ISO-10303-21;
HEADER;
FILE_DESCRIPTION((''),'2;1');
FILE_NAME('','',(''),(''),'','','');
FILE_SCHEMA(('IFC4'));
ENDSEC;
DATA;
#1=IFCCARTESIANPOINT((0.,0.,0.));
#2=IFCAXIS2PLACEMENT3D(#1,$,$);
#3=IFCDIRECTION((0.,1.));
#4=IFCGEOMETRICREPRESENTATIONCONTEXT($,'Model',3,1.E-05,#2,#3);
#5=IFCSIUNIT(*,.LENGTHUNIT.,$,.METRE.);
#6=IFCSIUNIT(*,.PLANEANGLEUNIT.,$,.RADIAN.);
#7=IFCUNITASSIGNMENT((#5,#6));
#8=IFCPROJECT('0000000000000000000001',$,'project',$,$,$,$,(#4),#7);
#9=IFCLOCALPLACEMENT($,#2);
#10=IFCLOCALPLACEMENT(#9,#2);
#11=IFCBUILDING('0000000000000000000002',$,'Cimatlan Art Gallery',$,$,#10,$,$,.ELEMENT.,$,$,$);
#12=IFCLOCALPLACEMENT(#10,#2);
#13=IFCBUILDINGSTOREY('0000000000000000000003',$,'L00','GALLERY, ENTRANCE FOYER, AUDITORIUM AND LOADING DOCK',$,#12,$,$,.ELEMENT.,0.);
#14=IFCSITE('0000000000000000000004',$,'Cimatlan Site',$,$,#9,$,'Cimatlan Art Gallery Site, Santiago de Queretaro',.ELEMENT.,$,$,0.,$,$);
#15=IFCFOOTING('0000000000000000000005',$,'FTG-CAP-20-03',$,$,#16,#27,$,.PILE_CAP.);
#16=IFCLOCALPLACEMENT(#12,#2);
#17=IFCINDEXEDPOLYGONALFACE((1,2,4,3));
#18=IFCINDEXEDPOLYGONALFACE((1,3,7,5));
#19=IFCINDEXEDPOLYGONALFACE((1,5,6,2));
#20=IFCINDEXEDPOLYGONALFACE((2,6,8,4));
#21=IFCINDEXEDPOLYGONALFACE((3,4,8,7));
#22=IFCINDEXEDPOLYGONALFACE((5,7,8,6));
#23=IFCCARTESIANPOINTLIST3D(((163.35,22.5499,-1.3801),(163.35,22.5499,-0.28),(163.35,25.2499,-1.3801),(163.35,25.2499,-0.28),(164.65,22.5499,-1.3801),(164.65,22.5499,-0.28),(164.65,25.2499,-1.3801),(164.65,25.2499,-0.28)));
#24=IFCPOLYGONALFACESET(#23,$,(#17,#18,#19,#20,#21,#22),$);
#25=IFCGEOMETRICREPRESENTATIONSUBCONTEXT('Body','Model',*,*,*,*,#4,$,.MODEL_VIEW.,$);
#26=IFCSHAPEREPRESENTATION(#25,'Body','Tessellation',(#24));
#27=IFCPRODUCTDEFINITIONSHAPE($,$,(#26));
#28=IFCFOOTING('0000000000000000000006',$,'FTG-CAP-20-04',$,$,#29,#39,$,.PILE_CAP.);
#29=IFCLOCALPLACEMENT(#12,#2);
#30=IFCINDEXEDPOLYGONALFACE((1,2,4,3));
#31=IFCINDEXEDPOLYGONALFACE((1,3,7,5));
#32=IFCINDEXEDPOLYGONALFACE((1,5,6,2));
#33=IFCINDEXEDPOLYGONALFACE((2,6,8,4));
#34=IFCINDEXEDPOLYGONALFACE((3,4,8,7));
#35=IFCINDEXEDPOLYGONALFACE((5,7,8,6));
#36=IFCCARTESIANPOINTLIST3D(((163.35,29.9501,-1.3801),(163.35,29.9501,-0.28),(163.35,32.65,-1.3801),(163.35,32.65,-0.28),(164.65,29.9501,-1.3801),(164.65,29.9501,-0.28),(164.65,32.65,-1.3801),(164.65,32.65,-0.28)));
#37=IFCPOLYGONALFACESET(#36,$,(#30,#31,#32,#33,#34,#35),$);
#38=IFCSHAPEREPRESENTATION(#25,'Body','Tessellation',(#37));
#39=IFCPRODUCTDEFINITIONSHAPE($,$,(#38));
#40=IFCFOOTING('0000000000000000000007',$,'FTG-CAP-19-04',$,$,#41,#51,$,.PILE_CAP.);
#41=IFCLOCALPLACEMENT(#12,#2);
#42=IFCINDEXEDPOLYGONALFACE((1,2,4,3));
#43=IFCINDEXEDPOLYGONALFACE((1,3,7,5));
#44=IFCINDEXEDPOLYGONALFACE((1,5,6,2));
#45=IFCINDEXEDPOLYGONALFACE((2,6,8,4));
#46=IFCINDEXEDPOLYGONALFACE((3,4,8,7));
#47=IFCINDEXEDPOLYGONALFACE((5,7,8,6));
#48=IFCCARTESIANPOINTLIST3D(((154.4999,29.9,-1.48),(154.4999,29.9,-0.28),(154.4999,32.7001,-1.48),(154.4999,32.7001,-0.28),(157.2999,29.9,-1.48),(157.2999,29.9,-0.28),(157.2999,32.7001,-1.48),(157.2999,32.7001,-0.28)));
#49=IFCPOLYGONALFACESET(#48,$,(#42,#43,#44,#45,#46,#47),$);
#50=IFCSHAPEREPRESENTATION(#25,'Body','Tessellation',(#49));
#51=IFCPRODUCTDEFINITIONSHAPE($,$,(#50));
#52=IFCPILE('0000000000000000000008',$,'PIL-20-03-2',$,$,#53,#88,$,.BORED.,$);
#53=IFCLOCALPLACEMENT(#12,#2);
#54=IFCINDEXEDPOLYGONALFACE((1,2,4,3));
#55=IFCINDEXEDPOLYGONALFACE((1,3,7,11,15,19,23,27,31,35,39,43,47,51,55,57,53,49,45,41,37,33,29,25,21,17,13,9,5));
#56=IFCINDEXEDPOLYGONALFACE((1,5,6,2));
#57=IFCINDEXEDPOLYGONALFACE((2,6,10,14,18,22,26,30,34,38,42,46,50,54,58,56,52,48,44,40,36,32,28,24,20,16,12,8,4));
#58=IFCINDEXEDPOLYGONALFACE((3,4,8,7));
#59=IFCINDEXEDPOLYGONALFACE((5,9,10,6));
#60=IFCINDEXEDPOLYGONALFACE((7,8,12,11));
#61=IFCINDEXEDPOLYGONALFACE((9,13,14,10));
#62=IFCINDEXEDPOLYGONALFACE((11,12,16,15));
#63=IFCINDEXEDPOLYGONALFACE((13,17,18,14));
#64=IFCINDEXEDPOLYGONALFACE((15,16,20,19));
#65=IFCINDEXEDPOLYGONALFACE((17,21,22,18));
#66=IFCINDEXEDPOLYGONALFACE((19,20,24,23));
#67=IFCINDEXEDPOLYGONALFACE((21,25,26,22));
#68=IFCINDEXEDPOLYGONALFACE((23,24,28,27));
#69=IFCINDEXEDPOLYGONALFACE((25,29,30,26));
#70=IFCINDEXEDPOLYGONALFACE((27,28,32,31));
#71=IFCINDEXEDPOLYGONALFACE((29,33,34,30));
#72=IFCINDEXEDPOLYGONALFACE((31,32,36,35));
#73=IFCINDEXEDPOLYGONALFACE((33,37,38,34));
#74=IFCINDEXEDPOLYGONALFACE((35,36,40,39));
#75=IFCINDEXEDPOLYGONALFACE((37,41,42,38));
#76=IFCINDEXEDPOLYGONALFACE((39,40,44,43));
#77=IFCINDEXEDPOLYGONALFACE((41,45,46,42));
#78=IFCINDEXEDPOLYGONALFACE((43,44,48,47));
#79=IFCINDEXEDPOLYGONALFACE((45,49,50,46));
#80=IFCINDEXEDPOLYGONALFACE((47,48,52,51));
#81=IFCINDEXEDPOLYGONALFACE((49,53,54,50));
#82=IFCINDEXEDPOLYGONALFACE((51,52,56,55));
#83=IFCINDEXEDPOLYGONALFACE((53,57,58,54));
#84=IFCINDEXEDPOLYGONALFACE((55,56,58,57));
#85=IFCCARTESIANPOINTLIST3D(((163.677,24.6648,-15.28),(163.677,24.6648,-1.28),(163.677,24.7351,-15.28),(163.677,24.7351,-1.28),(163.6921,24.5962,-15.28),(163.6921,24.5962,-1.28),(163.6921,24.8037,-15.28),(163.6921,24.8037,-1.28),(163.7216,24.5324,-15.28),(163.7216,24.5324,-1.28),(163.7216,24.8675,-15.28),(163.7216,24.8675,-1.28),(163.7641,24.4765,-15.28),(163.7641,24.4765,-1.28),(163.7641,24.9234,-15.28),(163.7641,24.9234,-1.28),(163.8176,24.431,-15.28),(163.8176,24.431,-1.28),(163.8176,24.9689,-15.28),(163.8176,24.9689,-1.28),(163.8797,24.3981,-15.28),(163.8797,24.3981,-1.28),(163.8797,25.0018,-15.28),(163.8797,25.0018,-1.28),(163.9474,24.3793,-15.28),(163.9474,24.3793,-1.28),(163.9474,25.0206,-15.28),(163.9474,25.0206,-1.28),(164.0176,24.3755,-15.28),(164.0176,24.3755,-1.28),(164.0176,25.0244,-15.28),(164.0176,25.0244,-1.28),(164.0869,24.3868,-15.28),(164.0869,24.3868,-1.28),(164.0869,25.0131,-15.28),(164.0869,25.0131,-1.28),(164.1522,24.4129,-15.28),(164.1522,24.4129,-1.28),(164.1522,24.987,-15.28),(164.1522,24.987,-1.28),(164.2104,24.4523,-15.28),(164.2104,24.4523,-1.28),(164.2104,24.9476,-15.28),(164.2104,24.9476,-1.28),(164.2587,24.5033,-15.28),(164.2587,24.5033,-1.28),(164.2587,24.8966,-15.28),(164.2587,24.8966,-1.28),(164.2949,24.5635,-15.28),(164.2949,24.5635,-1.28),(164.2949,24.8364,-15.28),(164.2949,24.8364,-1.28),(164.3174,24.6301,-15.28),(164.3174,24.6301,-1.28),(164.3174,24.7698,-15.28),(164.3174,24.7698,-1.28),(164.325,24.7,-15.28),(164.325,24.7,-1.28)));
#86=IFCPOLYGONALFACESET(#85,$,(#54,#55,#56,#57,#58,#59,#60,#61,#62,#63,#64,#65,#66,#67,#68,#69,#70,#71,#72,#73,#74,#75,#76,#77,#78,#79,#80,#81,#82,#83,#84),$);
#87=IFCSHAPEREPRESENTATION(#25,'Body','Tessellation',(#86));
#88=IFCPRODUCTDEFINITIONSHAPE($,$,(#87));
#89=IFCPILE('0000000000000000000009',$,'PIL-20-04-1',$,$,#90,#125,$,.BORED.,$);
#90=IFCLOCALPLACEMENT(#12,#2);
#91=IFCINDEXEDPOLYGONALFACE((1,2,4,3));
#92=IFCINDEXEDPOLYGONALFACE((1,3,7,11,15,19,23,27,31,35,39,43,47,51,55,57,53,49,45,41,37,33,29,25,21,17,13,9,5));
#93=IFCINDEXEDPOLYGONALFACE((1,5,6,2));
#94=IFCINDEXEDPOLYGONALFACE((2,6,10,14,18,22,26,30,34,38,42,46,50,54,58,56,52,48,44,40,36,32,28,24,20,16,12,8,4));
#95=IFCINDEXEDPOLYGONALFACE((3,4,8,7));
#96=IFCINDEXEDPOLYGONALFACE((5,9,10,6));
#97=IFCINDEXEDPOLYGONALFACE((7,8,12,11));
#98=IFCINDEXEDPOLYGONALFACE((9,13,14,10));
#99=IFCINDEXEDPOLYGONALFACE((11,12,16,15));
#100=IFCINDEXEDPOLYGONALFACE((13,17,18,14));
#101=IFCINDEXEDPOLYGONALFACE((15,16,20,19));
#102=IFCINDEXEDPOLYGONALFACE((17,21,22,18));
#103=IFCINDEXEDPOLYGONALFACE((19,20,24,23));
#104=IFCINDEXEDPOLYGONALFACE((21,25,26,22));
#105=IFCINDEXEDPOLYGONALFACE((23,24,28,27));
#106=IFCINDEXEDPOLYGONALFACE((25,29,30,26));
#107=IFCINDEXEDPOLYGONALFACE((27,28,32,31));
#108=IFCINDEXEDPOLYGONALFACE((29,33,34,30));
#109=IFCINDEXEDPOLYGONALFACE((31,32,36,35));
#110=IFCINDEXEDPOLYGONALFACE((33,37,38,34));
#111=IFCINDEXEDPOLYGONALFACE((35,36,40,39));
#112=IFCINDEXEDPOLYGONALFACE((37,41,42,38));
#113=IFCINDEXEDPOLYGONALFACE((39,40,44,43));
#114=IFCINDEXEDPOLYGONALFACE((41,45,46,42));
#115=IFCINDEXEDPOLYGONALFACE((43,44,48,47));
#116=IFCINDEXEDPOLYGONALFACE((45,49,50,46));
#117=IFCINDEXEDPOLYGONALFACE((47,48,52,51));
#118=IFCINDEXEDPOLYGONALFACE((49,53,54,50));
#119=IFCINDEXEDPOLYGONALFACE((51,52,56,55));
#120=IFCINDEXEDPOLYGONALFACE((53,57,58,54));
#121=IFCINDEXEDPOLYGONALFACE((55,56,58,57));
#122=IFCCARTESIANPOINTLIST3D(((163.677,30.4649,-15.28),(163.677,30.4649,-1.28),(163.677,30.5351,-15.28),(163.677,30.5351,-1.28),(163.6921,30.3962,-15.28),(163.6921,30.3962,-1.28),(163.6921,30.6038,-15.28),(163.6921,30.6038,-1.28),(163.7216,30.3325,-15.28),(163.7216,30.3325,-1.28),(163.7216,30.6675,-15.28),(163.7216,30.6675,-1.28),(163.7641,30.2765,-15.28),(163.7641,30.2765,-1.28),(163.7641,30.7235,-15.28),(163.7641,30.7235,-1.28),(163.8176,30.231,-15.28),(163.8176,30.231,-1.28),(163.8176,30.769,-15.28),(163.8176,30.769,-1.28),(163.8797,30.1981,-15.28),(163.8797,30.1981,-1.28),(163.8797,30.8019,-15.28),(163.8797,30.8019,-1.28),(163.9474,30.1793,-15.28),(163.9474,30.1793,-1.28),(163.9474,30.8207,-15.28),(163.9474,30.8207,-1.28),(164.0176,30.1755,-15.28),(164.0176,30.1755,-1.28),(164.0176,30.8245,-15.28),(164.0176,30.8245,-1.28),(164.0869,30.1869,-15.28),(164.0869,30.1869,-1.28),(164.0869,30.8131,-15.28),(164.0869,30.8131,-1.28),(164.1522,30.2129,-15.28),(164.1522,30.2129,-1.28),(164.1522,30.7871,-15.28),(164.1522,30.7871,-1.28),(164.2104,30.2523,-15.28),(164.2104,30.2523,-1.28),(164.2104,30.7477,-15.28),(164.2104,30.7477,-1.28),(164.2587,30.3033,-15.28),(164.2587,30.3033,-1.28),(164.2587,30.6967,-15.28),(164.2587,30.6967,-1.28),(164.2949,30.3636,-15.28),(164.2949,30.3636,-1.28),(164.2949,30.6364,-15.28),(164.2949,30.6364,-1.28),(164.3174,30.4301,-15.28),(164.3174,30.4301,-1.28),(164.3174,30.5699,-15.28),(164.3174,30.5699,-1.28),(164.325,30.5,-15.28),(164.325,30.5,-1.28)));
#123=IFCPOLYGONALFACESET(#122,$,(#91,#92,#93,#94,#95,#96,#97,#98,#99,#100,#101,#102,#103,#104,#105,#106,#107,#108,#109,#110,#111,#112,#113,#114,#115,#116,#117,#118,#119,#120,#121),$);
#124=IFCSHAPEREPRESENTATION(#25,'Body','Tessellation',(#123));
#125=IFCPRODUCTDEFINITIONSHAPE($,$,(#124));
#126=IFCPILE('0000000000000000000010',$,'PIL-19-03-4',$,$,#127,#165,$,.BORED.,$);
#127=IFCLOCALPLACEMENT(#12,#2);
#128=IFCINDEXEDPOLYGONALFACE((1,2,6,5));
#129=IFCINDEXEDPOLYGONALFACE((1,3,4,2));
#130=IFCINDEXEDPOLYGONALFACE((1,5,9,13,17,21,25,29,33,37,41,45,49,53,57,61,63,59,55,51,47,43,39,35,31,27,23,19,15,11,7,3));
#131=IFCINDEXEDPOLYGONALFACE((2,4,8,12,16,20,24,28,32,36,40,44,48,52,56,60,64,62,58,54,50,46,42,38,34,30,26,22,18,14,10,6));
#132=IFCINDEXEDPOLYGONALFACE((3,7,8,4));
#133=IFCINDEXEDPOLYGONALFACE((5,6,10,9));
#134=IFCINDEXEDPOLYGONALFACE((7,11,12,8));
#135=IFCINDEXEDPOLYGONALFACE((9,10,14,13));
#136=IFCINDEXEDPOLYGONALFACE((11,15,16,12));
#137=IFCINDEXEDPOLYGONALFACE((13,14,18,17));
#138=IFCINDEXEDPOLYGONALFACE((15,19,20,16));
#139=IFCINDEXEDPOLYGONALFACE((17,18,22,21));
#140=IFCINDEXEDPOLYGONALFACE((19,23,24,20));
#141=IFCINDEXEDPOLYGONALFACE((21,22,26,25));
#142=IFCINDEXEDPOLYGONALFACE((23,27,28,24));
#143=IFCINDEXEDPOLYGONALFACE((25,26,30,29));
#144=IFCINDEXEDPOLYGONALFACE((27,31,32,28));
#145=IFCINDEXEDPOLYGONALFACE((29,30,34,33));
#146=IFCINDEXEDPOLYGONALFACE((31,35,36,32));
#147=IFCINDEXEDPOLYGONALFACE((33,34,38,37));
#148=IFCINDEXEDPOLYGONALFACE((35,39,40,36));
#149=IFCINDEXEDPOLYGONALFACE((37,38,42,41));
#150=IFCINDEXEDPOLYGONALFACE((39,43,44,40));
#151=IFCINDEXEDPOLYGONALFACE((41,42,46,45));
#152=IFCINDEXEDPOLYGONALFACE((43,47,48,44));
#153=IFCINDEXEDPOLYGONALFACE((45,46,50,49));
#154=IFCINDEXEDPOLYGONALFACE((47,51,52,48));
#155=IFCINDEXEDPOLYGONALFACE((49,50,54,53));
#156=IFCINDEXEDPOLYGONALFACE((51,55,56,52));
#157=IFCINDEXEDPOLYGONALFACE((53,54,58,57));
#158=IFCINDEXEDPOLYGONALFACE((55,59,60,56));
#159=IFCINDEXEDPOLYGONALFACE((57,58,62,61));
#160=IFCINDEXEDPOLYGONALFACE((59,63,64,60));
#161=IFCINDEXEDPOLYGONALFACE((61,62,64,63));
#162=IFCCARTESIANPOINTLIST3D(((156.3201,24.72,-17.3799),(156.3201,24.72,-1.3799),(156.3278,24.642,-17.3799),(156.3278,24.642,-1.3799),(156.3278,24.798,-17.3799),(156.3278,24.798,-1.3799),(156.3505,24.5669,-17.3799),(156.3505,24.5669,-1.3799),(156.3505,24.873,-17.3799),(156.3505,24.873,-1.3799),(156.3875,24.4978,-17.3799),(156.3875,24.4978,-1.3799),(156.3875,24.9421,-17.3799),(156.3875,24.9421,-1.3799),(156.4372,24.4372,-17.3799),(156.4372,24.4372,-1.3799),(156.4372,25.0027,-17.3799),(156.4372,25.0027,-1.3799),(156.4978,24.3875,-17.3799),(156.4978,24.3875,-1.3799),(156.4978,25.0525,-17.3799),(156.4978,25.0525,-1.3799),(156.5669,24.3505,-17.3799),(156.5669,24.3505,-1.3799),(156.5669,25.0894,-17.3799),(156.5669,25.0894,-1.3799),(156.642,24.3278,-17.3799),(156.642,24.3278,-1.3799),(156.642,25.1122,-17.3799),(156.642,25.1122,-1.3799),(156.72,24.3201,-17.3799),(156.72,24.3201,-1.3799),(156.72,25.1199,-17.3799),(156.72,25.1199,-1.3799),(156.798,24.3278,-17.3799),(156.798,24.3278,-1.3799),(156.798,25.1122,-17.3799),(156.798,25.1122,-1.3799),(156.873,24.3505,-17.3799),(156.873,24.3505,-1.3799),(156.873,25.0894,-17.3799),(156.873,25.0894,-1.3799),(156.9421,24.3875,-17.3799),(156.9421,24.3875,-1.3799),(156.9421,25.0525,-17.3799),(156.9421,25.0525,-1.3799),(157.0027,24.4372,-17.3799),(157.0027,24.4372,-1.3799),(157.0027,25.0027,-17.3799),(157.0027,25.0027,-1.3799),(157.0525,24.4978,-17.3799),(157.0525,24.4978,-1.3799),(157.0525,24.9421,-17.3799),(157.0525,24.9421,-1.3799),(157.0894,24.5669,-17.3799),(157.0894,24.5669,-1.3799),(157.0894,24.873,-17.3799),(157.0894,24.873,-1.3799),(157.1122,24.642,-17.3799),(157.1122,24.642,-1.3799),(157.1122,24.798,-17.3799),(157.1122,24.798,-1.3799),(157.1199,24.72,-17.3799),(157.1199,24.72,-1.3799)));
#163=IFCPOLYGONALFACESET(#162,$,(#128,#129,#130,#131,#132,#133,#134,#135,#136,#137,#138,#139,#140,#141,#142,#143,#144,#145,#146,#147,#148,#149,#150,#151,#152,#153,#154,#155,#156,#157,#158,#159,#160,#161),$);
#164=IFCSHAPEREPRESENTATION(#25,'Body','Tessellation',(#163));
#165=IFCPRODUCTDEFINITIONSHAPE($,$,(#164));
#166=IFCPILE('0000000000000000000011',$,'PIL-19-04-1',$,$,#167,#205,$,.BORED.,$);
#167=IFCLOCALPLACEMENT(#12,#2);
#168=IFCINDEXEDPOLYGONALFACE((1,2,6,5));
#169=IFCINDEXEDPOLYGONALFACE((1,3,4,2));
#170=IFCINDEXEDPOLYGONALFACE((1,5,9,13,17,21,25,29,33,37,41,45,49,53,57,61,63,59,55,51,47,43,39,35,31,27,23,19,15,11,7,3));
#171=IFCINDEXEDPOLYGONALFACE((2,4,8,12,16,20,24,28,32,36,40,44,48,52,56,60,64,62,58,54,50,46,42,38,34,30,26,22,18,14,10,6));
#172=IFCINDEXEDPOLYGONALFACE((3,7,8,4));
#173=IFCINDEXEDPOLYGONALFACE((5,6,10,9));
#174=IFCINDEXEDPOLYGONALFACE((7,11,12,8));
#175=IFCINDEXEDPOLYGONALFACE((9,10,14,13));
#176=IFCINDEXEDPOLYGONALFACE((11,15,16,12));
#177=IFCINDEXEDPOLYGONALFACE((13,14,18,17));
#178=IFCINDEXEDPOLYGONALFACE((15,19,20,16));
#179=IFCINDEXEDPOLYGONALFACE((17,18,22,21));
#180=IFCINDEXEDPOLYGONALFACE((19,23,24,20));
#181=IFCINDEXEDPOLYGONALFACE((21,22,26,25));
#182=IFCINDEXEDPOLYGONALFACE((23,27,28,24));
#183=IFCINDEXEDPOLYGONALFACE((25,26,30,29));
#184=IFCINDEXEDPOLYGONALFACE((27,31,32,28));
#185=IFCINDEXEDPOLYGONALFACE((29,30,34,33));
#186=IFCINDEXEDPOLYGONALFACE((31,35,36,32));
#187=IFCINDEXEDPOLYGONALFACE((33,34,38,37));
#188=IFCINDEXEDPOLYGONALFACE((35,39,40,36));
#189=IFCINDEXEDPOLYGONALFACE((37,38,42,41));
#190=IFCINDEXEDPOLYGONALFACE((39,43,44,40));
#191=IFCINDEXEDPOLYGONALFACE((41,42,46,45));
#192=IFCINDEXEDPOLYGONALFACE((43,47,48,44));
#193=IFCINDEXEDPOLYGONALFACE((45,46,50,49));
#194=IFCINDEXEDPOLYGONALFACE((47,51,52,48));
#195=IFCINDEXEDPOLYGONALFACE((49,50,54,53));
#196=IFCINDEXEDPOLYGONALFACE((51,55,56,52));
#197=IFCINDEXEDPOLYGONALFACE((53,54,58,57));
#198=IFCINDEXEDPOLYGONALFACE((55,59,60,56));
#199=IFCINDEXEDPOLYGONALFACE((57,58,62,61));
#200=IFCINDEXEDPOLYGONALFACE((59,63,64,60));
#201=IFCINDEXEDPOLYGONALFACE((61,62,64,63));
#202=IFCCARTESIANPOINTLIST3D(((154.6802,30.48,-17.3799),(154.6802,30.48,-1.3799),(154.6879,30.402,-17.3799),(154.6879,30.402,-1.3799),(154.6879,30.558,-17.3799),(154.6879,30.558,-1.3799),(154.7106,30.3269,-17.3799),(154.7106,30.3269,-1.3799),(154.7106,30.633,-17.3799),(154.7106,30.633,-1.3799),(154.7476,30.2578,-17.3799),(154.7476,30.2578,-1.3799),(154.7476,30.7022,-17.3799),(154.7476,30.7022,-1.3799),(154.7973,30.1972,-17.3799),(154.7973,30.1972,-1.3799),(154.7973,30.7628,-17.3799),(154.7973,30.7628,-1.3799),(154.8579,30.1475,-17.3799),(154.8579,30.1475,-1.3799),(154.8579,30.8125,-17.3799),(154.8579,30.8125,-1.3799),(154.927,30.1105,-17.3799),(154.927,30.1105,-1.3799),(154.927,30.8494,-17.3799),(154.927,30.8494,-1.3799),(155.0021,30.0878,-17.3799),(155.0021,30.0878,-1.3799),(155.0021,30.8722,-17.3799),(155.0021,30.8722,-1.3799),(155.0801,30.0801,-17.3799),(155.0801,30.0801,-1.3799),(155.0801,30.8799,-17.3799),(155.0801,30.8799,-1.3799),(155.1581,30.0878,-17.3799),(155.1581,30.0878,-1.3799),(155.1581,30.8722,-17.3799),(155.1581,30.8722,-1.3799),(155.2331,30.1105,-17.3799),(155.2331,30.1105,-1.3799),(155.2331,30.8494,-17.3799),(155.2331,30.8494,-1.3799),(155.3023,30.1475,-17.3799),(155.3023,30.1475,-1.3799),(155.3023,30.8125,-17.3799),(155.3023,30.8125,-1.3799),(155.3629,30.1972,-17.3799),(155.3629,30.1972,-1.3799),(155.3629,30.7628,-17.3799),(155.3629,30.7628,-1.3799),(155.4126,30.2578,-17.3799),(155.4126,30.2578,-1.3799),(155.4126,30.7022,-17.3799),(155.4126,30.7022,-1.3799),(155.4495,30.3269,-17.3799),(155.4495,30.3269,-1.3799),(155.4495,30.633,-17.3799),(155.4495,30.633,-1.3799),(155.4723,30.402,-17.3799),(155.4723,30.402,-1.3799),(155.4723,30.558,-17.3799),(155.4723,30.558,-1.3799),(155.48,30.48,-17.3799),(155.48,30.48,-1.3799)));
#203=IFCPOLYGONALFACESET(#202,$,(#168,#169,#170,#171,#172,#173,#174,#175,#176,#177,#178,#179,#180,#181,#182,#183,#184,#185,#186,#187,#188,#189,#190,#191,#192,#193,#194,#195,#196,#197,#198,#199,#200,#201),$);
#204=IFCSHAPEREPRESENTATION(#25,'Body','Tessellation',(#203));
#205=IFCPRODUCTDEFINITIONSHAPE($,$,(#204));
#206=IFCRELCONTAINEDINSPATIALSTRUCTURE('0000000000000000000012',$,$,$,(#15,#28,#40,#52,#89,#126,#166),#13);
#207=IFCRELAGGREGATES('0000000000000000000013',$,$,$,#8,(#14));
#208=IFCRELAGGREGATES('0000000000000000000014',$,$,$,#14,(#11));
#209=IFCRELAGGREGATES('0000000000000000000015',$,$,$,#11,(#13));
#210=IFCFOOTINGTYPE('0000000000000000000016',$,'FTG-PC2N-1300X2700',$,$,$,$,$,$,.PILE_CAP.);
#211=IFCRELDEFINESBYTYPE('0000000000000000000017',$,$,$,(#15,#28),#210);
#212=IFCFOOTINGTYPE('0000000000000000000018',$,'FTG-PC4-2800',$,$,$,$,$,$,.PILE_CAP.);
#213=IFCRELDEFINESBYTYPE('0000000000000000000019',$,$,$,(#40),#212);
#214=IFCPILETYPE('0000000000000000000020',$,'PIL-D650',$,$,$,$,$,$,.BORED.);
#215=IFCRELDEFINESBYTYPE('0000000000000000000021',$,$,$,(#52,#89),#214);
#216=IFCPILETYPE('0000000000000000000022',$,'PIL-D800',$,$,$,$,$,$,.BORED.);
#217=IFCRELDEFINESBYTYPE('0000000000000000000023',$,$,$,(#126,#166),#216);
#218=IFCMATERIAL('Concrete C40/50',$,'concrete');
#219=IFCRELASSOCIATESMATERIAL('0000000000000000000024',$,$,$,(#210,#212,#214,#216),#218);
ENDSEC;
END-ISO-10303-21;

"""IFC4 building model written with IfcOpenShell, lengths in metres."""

from ifc_helpers import new_model, si_unit, direction, frame, origin, origin_2d, place, context, subcontext, project, spatial, rectangle, circle, extrude, material, type_object, element, save


model = new_model("IFC4")

# Units and contexts
model_context = context("Model", 3, precision=1e-05, world=origin(), true_north=direction((0.0, 1.0)))
body_context = subcontext(model_context, "Body", "Model", "MODEL_VIEW")
ifc_project = project(units=[si_unit("LENGTHUNIT", "METRE"), si_unit("PLANEANGLEUNIT", "RADIAN")], contexts=[model_context])

# Site, building, storey
site_placement = place(None, origin())
site = spatial("IfcSite", under=ifc_project, at=site_placement, Name="Cimatlan Site", LongName="Cimatlan Art Gallery Site, Santiago de Queretaro", CompositionType="ELEMENT", RefElevation=0.0)
building_placement = place(site_placement, origin())
building = spatial("IfcBuilding", under=site, at=building_placement, Name="Cimatlan Art Gallery", CompositionType="ELEMENT")
storey_placement = place(building_placement, origin())
storey = spatial("IfcBuildingStorey", under=building, at=storey_placement, Name="L00", Description="GALLERY, ENTRANCE FOYER, AUDITORIUM AND LOADING DOCK", CompositionType="ELEMENT", Elevation=0.0)

# Footings
ifc_material_1 = material(Name="Concrete C40/50", Category="concrete")
footing_type_1 = type_object("IfcFootingType", Name="FTG-PC2N-1300X2700", PredefinedType="PILE_CAP", material=ifc_material_1)
for number, where, z_axis, x_axis, name in (
    (1, (164.0, 23.8999, -1.3801), (0.0, 0.0, 1.0), (1.0, 0.0, 0.0), "FTG-CAP-20-03"),
    (2, (164.0, 31.3, -1.3801), (0.0, 0.0, 1.0), (1.0, 0.0, 0.0), "FTG-CAP-20-04"),
):
    element("IfcFooting", number, at=place(storey_placement, frame(where, z_axis=z_axis, x_axis=x_axis)), inside=storey, type_object=footing_type_1, Name=name, PredefinedType="PILE_CAP", context=body_context, shape_type="SweptSolid", body=[
        extrude(rectangle(XDim=1.3, YDim=2.7, at=origin_2d()), origin(), (0.0, 0.0, 1.0), 1.1001),
    ])
footing_type_2 = type_object("IfcFootingType", Name="FTG-PC4-2800", PredefinedType="PILE_CAP", material=ifc_material_1)
footing_placement = place(storey_placement, frame((155.8999, 31.3, -1.48), z_axis=(0.0, 0.0, 1.0), x_axis=(1.0, 0.0, 0.0)))
element("IfcFooting", 3, at=footing_placement, inside=storey, type_object=footing_type_2, Name="FTG-CAP-19-04", PredefinedType="PILE_CAP", context=body_context, shape_type="SweptSolid", body=[
    extrude(rectangle(XDim=2.8, YDim=2.8, at=origin_2d()), origin(), (0.0, 0.0, 1.0), 1.2),
])

# Piles
pile_type_1 = type_object("IfcPileType", Name="PIL-D650", PredefinedType="BORED", material=ifc_material_1)
for number, where, z_axis, x_axis, name in (
    (4, (164.0, 24.7, -1.28), (0.0, 0.0, -1.0), (1.0, 0.0, 0.0), "PIL-20-03-2"),
    (5, (164.0, 30.5, -1.28), (0.0, 0.0, -1.0), (1.0, 0.0, 0.0), "PIL-20-04-1"),
):
    element("IfcPile", number, at=place(storey_placement, frame(where, z_axis=z_axis, x_axis=x_axis)), inside=storey, type_object=pile_type_1, Name=name, PredefinedType="BORED", context=body_context, shape_type="SweptSolid", body=[
        extrude(circle(Radius=0.325, at=origin_2d()), origin(), (0.0, 0.0, 1.0), 14.0),
    ])
pile_type_2 = type_object("IfcPileType", Name="PIL-D800", PredefinedType="BORED", material=ifc_material_1)
for number, where, z_axis, x_axis, name in (
    (6, (156.72, 24.72, -1.3799), (0.0, 0.0, -1.0), (1.0, 0.0, 0.0), "PIL-19-03-4"),
    (7, (155.0801, 30.48, -1.3799), (0.0, 0.0, -1.0), (1.0, 0.0, 0.0), "PIL-19-04-1"),
):
    element("IfcPile", number, at=place(storey_placement, frame(where, z_axis=z_axis, x_axis=x_axis)), inside=storey, type_object=pile_type_2, Name=name, PredefinedType="BORED", context=body_context, shape_type="SweptSolid", body=[
        extrude(circle(Radius=0.3999, at=origin_2d()), origin(), (0.0, 0.0, 1.0), 16.0),
    ])

save(model, "model.ifc")
